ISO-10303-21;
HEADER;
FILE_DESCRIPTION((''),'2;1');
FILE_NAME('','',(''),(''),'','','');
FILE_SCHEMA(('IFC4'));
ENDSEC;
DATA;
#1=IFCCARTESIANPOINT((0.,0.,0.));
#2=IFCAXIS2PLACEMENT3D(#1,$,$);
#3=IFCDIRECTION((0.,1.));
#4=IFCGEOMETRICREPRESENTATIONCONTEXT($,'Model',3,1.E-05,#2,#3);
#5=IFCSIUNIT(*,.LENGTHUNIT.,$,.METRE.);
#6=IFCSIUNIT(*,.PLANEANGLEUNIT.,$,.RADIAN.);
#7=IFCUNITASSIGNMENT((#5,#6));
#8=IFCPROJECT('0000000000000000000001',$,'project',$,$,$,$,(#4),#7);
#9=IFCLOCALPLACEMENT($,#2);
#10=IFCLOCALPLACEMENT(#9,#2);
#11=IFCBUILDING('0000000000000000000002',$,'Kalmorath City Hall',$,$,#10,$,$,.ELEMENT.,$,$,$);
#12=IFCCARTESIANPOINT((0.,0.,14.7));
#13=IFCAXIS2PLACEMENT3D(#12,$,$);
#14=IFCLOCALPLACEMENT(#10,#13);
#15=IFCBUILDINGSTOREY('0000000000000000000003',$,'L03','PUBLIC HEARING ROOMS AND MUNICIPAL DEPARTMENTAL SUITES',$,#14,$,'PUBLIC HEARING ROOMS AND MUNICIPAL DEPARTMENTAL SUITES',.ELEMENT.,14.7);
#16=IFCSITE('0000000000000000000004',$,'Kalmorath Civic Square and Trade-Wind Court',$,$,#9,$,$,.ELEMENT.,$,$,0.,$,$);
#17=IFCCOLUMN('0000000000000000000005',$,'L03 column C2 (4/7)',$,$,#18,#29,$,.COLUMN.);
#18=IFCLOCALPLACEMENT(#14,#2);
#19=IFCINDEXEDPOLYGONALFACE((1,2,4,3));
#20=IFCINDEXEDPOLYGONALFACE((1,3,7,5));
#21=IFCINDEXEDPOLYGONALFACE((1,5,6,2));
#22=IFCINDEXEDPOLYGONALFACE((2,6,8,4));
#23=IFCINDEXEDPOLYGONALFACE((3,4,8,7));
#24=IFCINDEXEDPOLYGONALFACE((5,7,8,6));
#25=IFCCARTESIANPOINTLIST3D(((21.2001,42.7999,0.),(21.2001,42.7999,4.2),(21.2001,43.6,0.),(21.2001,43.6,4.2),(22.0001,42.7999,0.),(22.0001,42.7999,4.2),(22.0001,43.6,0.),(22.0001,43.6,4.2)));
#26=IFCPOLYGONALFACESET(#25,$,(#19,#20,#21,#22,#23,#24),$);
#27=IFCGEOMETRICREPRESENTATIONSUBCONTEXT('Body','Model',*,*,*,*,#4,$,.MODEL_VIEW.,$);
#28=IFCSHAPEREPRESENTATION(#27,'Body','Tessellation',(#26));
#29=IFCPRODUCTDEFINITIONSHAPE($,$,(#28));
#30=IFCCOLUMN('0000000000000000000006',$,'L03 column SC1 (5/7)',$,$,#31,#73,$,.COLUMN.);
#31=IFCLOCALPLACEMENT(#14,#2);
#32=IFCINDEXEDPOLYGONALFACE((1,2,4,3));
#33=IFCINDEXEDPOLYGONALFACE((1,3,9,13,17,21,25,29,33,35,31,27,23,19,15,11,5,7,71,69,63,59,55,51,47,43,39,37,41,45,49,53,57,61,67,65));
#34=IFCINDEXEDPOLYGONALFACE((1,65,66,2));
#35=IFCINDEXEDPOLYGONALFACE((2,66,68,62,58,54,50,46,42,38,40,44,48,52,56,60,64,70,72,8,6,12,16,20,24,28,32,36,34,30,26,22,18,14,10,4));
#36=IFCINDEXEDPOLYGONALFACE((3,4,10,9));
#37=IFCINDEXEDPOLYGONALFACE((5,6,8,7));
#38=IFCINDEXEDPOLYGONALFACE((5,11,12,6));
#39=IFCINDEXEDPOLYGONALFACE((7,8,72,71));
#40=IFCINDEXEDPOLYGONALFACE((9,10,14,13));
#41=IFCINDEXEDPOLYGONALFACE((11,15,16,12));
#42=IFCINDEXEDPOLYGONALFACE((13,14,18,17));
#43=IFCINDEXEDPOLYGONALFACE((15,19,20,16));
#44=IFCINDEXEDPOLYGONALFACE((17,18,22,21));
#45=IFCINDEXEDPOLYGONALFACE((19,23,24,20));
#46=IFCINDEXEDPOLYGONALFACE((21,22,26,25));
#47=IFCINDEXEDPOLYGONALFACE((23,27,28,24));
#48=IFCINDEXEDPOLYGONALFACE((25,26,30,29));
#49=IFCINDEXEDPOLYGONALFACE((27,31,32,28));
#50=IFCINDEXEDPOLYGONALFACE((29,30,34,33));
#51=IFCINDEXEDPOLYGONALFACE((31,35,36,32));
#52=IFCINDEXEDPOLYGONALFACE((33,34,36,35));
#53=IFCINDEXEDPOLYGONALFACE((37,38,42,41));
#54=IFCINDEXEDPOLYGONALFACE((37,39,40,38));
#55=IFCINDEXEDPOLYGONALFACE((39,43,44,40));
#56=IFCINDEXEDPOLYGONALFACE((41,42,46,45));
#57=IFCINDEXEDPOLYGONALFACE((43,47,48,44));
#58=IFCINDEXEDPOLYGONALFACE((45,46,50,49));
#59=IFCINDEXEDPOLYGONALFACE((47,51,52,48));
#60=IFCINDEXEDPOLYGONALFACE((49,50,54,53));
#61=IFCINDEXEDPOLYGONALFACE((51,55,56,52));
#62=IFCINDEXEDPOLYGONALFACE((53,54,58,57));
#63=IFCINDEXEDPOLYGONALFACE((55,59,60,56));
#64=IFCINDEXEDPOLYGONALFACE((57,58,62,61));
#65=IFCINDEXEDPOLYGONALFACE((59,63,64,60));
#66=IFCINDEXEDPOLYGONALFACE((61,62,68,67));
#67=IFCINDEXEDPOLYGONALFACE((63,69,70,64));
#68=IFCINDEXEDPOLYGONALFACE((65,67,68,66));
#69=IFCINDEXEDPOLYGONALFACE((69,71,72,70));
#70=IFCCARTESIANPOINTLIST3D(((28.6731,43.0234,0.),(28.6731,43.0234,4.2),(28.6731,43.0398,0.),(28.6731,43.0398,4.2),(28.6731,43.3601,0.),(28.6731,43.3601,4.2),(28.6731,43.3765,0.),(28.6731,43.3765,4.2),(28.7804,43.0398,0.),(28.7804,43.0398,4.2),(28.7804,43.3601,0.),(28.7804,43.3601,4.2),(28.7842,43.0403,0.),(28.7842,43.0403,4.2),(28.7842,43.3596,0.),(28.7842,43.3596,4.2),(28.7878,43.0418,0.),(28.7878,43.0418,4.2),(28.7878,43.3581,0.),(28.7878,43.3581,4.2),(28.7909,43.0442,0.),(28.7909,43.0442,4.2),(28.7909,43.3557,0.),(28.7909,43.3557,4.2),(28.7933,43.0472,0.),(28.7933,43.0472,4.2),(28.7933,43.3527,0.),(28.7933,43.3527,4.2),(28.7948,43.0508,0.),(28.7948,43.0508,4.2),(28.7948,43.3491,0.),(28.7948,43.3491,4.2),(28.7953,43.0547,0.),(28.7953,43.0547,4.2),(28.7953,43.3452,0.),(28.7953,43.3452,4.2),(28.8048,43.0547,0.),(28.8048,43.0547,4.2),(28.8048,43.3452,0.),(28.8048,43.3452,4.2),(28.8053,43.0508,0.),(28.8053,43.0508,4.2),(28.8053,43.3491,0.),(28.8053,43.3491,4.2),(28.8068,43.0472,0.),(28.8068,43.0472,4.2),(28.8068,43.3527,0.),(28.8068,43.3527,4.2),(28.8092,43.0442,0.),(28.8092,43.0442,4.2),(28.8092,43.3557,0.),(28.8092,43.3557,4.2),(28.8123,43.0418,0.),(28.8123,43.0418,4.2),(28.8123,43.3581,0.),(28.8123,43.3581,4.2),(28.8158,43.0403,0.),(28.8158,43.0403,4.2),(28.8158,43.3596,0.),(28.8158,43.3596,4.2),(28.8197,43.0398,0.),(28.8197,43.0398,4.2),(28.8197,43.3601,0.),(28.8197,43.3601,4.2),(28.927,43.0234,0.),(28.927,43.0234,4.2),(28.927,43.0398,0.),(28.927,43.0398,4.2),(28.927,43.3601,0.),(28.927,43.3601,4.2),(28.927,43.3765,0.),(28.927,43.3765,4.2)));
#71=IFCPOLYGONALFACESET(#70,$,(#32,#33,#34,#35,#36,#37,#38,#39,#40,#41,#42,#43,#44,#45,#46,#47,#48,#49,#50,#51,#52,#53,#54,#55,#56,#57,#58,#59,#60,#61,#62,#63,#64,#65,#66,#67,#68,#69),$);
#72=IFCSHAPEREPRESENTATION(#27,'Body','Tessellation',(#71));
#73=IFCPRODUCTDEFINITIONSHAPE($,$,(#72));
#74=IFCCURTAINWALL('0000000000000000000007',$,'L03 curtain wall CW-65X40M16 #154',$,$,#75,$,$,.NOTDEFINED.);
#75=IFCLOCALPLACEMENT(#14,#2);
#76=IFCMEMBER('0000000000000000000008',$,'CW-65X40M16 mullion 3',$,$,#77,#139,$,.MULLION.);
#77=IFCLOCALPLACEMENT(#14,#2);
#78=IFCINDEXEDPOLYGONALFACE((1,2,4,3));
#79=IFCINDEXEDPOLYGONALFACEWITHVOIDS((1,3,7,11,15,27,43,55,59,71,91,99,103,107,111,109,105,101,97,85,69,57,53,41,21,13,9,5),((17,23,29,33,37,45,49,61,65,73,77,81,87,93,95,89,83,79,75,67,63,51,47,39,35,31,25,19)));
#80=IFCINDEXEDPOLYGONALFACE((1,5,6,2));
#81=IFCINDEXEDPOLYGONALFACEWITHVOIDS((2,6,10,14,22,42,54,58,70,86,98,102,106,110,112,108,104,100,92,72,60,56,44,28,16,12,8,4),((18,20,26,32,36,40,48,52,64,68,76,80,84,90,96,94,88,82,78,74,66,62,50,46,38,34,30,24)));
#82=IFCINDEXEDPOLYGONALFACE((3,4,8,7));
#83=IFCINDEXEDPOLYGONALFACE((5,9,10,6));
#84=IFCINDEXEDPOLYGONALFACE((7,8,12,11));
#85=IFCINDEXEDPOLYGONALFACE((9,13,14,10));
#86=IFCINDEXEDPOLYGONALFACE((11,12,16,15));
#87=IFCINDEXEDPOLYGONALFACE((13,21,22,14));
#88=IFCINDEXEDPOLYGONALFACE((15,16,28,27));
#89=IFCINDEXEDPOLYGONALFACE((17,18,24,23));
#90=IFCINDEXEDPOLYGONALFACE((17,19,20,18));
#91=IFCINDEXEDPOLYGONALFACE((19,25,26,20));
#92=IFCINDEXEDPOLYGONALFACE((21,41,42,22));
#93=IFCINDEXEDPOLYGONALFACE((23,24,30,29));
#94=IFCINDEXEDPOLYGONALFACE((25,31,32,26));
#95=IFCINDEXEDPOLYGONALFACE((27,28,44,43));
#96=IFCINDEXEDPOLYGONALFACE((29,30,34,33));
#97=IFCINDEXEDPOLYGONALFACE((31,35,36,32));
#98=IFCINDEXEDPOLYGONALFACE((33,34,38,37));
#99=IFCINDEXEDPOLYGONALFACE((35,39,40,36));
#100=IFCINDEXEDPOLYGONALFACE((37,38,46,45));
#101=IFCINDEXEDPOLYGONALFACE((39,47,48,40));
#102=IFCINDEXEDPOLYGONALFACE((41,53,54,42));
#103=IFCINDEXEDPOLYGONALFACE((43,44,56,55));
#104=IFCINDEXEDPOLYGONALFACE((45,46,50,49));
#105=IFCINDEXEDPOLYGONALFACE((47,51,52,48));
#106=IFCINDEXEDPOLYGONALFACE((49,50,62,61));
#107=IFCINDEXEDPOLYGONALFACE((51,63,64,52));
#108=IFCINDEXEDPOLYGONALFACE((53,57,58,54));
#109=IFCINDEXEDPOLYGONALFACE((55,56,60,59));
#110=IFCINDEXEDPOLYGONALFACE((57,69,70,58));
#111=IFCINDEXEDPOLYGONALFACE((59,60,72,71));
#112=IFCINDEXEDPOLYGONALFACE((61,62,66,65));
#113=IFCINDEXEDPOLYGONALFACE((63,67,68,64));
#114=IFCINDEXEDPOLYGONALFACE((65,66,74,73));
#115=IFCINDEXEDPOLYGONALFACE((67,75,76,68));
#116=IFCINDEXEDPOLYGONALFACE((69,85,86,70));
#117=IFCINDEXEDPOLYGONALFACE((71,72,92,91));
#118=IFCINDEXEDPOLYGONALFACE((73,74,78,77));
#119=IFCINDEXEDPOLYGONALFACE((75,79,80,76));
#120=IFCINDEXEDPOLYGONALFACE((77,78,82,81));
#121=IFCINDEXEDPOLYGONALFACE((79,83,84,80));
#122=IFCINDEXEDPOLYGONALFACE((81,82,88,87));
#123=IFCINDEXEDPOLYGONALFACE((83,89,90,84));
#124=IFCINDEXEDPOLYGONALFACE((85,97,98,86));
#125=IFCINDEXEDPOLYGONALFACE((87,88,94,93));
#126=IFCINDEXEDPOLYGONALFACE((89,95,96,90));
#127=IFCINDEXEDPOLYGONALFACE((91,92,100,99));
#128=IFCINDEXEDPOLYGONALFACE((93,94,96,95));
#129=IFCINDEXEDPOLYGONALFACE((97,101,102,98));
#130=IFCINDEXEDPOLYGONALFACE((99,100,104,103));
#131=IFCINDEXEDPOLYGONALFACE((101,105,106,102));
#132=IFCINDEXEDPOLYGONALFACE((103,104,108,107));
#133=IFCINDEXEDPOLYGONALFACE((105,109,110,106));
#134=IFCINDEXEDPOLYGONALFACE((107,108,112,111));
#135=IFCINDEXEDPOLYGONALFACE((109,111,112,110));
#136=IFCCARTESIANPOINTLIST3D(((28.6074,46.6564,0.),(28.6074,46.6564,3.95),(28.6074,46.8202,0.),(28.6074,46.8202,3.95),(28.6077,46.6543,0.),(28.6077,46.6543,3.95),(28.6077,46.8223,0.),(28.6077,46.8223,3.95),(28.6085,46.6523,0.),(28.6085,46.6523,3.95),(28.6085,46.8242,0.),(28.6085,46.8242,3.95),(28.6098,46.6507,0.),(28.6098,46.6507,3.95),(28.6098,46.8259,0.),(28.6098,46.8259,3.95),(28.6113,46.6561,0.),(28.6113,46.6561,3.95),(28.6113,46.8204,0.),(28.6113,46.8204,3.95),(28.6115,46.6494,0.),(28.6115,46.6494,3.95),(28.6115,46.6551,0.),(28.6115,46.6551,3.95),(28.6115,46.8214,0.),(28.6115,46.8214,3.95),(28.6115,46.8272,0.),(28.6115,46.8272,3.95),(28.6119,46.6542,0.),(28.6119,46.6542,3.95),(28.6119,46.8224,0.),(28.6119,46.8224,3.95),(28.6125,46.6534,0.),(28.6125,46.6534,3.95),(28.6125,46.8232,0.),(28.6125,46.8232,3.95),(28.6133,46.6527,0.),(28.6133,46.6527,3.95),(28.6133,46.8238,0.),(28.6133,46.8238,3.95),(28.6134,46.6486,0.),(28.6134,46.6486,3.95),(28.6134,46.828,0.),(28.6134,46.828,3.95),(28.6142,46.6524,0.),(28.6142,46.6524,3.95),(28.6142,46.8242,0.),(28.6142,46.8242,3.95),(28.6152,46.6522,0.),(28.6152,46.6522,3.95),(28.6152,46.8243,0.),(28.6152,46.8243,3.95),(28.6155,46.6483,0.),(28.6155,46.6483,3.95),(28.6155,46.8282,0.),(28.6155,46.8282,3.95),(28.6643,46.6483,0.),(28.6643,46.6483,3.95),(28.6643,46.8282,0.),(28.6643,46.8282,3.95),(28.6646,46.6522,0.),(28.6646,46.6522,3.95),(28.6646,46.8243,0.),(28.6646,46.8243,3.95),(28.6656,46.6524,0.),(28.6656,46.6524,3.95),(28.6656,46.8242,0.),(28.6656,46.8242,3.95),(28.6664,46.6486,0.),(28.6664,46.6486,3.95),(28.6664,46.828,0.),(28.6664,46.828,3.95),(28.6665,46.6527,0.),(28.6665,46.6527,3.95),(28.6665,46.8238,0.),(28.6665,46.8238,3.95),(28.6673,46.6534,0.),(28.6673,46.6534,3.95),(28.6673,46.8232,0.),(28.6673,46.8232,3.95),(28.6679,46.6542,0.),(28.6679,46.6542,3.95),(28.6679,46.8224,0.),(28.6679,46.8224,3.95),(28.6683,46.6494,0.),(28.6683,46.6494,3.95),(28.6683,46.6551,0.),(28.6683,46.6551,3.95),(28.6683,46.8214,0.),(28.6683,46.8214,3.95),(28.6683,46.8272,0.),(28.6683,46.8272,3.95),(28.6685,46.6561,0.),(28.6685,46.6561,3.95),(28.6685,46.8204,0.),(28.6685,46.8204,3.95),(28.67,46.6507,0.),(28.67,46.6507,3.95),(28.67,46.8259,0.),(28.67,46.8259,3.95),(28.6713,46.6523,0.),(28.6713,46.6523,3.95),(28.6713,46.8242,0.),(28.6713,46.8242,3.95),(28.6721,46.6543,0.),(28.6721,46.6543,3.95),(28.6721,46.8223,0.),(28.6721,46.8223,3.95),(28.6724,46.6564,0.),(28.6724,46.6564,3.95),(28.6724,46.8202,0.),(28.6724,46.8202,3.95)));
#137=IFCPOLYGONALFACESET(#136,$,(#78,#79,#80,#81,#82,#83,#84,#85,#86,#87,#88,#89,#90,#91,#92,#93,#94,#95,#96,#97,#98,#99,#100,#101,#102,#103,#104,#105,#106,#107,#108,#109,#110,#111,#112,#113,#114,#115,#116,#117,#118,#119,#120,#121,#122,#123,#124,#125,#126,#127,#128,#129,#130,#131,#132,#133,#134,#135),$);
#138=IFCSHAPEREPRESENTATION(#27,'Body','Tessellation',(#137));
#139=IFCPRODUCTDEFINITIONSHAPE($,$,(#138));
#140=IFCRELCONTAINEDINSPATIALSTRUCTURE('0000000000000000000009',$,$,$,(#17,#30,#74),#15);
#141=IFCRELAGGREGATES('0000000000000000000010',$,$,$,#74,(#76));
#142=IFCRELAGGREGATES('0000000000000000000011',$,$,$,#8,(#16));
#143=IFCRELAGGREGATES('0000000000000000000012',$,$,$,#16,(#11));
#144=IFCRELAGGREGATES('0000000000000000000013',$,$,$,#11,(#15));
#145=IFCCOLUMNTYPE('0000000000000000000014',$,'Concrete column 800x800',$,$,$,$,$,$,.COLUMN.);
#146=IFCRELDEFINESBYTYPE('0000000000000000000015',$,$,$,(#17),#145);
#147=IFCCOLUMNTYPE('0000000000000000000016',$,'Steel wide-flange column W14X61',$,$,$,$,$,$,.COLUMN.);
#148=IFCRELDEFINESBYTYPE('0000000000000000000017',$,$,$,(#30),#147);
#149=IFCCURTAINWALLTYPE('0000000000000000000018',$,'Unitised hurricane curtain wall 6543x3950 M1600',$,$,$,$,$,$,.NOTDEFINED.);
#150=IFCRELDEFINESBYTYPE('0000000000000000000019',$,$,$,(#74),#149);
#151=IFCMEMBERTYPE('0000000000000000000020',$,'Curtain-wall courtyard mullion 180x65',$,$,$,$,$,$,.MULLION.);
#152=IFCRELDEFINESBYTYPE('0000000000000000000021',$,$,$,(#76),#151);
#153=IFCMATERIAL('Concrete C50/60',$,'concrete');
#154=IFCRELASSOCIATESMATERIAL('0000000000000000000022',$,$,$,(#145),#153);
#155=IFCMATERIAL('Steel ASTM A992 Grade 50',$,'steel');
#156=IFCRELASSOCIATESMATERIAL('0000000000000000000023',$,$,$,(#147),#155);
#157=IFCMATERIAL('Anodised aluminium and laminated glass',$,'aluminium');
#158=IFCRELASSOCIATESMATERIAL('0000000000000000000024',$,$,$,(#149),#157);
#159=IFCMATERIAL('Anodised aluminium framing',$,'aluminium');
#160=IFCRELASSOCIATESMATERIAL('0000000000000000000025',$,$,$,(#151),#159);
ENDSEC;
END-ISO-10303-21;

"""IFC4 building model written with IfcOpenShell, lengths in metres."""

from ifc_helpers import new_model, si_unit, direction, frame, origin, origin_2d, place, context, subcontext, project, spatial, rectangle, hollow_rectangle, i_section, extrude, material, material_profile, profile_set, type_object, element, aggregate, save


model = new_model("IFC4")

# Units and contexts
model_context = context("Model", 3, precision=1e-05, world=origin(), true_north=direction((0.0, 1.0)))
body_context = subcontext(model_context, "Body", "Model", "MODEL_VIEW")
ifc_project = project(units=[si_unit("LENGTHUNIT", "METRE"), si_unit("PLANEANGLEUNIT", "RADIAN")], contexts=[model_context])

# Site, building, storey
site_placement = place(None, origin())
site = spatial("IfcSite", under=ifc_project, at=site_placement, Name="Kalmorath Civic Square and Trade-Wind Court", CompositionType="ELEMENT", RefElevation=0.0)
building_placement = place(site_placement, origin())
building = spatial("IfcBuilding", under=site, at=building_placement, Name="Kalmorath City Hall", CompositionType="ELEMENT")
storey_placement = place(building_placement, frame((0.0, 0.0, 14.7)))
storey = spatial("IfcBuildingStorey", under=building, at=storey_placement, Name="L03", Description="PUBLIC HEARING ROOMS AND MUNICIPAL DEPARTMENTAL SUITES", LongName="PUBLIC HEARING ROOMS AND MUNICIPAL DEPARTMENTAL SUITES", CompositionType="ELEMENT", Elevation=14.7)

# Columns
ifc_material_1 = material(Name="Concrete C50/60", Category="concrete")
ifc_material_profile_1 = material_profile(ifc_material_1, rectangle(XDim=0.8, YDim=0.8, at=origin_2d()), Name="RC-COL-800X800")
ifc_profile_set_1 = profile_set([ifc_material_profile_1], Name="Concrete C50/60")
column_type_1 = type_object("IfcColumnType", Name="Concrete column 800x800", PredefinedType="COLUMN", material=ifc_profile_set_1)
column_1_placement = place(storey_placement, frame((21.6001, 43.2, 0.0), z_axis=(0.0, 0.0, 1.0), x_axis=(1.0, 0.0, 0.0)))
element("IfcColumn", 1, at=column_1_placement, inside=storey, type_object=column_type_1, Name="L03 column C2 (4/7)", PredefinedType="COLUMN", context=body_context, shape_type="SweptSolid", body=[
    extrude(rectangle(XDim=0.8, YDim=0.8, at=origin_2d()), origin(), (0.0, 0.0, 1.0), 4.2),
])
ifc_material_2 = material(Name="Steel ASTM A992 Grade 50", Category="steel")
ifc_material_profile_2 = material_profile(ifc_material_2, i_section(OverallWidth=0.2539, OverallDepth=0.353, WebThickness=0.0095, FlangeThickness=0.0164, FilletRadius=0.0149, at=origin_2d()), Name="W14X61")
ifc_profile_set_2 = profile_set([ifc_material_profile_2], Name="Steel ASTM A992 Grade 50")
column_type_2 = type_object("IfcColumnType", Name="Steel wide-flange column W14X61", PredefinedType="COLUMN", material=ifc_profile_set_2)
column_2_placement = place(storey_placement, frame((28.8, 43.2, 0.0), z_axis=(0.0, 0.0, 1.0), x_axis=(1.0, 0.0, 0.0)))
element("IfcColumn", 2, at=column_2_placement, inside=storey, type_object=column_type_2, Name="L03 column SC1 (5/7)", PredefinedType="COLUMN", context=body_context, shape_type="SweptSolid", body=[
    extrude(i_section(OverallWidth=0.2539, OverallDepth=0.353, WebThickness=0.0095, FlangeThickness=0.0164, FilletRadius=0.0149, at=origin_2d()), origin(), (0.0, 0.0, 1.0), 4.2),
])

# Curtain wall, member
ifc_material_3 = material(Name="Anodised aluminium and laminated glass", Category="aluminium")
curtain_wall_type = type_object("IfcCurtainWallType", Name="Unitised hurricane curtain wall 6543x3950 M1600", PredefinedType="NOTDEFINED", material=ifc_material_3)
curtain_wall_placement = place(storey_placement, origin())
curtain_wall = element("IfcCurtainWall", 3, at=curtain_wall_placement, inside=storey, type_object=curtain_wall_type, Name="L03 curtain wall CW-65X40M16 #154", PredefinedType="NOTDEFINED")
ifc_material_4 = material(Name="Anodised aluminium framing", Category="aluminium")
ifc_material_profile_3 = material_profile(ifc_material_4, hollow_rectangle(XDim=0.0649, YDim=0.1799, WallThickness=0.0039, InnerFilletRadius=0.0039, OuterFilletRadius=0.0081, at=origin_2d()), Name="ALU-MUL-180X65X4")
ifc_profile_set_3 = profile_set([ifc_material_profile_3], Name="Anodised aluminium framing")
member_type_1 = type_object("IfcMemberType", Name="Curtain-wall courtyard mullion 180x65", PredefinedType="MULLION", material=ifc_profile_set_3)
member_1_placement = place(storey_placement, frame((28.6399, 46.7383, 0.0), z_axis=(0.0, 0.0, 1.0), x_axis=(1.0, 0.0, 0.0)))
member_1 = element("IfcMember", 4, at=member_1_placement, type_object=member_type_1, Name="CW-65X40M16 mullion 3", PredefinedType="MULLION", context=body_context, shape_type="SweptSolid", body=[
    extrude(hollow_rectangle(XDim=0.0649, YDim=0.1799, WallThickness=0.0039, InnerFilletRadius=0.0039, OuterFilletRadius=0.0081, at=origin_2d()), origin(), (0.0, 0.0, 1.0), 3.95),
])

aggregate(curtain_wall, [member_1])

save(model, "model.ifc")
